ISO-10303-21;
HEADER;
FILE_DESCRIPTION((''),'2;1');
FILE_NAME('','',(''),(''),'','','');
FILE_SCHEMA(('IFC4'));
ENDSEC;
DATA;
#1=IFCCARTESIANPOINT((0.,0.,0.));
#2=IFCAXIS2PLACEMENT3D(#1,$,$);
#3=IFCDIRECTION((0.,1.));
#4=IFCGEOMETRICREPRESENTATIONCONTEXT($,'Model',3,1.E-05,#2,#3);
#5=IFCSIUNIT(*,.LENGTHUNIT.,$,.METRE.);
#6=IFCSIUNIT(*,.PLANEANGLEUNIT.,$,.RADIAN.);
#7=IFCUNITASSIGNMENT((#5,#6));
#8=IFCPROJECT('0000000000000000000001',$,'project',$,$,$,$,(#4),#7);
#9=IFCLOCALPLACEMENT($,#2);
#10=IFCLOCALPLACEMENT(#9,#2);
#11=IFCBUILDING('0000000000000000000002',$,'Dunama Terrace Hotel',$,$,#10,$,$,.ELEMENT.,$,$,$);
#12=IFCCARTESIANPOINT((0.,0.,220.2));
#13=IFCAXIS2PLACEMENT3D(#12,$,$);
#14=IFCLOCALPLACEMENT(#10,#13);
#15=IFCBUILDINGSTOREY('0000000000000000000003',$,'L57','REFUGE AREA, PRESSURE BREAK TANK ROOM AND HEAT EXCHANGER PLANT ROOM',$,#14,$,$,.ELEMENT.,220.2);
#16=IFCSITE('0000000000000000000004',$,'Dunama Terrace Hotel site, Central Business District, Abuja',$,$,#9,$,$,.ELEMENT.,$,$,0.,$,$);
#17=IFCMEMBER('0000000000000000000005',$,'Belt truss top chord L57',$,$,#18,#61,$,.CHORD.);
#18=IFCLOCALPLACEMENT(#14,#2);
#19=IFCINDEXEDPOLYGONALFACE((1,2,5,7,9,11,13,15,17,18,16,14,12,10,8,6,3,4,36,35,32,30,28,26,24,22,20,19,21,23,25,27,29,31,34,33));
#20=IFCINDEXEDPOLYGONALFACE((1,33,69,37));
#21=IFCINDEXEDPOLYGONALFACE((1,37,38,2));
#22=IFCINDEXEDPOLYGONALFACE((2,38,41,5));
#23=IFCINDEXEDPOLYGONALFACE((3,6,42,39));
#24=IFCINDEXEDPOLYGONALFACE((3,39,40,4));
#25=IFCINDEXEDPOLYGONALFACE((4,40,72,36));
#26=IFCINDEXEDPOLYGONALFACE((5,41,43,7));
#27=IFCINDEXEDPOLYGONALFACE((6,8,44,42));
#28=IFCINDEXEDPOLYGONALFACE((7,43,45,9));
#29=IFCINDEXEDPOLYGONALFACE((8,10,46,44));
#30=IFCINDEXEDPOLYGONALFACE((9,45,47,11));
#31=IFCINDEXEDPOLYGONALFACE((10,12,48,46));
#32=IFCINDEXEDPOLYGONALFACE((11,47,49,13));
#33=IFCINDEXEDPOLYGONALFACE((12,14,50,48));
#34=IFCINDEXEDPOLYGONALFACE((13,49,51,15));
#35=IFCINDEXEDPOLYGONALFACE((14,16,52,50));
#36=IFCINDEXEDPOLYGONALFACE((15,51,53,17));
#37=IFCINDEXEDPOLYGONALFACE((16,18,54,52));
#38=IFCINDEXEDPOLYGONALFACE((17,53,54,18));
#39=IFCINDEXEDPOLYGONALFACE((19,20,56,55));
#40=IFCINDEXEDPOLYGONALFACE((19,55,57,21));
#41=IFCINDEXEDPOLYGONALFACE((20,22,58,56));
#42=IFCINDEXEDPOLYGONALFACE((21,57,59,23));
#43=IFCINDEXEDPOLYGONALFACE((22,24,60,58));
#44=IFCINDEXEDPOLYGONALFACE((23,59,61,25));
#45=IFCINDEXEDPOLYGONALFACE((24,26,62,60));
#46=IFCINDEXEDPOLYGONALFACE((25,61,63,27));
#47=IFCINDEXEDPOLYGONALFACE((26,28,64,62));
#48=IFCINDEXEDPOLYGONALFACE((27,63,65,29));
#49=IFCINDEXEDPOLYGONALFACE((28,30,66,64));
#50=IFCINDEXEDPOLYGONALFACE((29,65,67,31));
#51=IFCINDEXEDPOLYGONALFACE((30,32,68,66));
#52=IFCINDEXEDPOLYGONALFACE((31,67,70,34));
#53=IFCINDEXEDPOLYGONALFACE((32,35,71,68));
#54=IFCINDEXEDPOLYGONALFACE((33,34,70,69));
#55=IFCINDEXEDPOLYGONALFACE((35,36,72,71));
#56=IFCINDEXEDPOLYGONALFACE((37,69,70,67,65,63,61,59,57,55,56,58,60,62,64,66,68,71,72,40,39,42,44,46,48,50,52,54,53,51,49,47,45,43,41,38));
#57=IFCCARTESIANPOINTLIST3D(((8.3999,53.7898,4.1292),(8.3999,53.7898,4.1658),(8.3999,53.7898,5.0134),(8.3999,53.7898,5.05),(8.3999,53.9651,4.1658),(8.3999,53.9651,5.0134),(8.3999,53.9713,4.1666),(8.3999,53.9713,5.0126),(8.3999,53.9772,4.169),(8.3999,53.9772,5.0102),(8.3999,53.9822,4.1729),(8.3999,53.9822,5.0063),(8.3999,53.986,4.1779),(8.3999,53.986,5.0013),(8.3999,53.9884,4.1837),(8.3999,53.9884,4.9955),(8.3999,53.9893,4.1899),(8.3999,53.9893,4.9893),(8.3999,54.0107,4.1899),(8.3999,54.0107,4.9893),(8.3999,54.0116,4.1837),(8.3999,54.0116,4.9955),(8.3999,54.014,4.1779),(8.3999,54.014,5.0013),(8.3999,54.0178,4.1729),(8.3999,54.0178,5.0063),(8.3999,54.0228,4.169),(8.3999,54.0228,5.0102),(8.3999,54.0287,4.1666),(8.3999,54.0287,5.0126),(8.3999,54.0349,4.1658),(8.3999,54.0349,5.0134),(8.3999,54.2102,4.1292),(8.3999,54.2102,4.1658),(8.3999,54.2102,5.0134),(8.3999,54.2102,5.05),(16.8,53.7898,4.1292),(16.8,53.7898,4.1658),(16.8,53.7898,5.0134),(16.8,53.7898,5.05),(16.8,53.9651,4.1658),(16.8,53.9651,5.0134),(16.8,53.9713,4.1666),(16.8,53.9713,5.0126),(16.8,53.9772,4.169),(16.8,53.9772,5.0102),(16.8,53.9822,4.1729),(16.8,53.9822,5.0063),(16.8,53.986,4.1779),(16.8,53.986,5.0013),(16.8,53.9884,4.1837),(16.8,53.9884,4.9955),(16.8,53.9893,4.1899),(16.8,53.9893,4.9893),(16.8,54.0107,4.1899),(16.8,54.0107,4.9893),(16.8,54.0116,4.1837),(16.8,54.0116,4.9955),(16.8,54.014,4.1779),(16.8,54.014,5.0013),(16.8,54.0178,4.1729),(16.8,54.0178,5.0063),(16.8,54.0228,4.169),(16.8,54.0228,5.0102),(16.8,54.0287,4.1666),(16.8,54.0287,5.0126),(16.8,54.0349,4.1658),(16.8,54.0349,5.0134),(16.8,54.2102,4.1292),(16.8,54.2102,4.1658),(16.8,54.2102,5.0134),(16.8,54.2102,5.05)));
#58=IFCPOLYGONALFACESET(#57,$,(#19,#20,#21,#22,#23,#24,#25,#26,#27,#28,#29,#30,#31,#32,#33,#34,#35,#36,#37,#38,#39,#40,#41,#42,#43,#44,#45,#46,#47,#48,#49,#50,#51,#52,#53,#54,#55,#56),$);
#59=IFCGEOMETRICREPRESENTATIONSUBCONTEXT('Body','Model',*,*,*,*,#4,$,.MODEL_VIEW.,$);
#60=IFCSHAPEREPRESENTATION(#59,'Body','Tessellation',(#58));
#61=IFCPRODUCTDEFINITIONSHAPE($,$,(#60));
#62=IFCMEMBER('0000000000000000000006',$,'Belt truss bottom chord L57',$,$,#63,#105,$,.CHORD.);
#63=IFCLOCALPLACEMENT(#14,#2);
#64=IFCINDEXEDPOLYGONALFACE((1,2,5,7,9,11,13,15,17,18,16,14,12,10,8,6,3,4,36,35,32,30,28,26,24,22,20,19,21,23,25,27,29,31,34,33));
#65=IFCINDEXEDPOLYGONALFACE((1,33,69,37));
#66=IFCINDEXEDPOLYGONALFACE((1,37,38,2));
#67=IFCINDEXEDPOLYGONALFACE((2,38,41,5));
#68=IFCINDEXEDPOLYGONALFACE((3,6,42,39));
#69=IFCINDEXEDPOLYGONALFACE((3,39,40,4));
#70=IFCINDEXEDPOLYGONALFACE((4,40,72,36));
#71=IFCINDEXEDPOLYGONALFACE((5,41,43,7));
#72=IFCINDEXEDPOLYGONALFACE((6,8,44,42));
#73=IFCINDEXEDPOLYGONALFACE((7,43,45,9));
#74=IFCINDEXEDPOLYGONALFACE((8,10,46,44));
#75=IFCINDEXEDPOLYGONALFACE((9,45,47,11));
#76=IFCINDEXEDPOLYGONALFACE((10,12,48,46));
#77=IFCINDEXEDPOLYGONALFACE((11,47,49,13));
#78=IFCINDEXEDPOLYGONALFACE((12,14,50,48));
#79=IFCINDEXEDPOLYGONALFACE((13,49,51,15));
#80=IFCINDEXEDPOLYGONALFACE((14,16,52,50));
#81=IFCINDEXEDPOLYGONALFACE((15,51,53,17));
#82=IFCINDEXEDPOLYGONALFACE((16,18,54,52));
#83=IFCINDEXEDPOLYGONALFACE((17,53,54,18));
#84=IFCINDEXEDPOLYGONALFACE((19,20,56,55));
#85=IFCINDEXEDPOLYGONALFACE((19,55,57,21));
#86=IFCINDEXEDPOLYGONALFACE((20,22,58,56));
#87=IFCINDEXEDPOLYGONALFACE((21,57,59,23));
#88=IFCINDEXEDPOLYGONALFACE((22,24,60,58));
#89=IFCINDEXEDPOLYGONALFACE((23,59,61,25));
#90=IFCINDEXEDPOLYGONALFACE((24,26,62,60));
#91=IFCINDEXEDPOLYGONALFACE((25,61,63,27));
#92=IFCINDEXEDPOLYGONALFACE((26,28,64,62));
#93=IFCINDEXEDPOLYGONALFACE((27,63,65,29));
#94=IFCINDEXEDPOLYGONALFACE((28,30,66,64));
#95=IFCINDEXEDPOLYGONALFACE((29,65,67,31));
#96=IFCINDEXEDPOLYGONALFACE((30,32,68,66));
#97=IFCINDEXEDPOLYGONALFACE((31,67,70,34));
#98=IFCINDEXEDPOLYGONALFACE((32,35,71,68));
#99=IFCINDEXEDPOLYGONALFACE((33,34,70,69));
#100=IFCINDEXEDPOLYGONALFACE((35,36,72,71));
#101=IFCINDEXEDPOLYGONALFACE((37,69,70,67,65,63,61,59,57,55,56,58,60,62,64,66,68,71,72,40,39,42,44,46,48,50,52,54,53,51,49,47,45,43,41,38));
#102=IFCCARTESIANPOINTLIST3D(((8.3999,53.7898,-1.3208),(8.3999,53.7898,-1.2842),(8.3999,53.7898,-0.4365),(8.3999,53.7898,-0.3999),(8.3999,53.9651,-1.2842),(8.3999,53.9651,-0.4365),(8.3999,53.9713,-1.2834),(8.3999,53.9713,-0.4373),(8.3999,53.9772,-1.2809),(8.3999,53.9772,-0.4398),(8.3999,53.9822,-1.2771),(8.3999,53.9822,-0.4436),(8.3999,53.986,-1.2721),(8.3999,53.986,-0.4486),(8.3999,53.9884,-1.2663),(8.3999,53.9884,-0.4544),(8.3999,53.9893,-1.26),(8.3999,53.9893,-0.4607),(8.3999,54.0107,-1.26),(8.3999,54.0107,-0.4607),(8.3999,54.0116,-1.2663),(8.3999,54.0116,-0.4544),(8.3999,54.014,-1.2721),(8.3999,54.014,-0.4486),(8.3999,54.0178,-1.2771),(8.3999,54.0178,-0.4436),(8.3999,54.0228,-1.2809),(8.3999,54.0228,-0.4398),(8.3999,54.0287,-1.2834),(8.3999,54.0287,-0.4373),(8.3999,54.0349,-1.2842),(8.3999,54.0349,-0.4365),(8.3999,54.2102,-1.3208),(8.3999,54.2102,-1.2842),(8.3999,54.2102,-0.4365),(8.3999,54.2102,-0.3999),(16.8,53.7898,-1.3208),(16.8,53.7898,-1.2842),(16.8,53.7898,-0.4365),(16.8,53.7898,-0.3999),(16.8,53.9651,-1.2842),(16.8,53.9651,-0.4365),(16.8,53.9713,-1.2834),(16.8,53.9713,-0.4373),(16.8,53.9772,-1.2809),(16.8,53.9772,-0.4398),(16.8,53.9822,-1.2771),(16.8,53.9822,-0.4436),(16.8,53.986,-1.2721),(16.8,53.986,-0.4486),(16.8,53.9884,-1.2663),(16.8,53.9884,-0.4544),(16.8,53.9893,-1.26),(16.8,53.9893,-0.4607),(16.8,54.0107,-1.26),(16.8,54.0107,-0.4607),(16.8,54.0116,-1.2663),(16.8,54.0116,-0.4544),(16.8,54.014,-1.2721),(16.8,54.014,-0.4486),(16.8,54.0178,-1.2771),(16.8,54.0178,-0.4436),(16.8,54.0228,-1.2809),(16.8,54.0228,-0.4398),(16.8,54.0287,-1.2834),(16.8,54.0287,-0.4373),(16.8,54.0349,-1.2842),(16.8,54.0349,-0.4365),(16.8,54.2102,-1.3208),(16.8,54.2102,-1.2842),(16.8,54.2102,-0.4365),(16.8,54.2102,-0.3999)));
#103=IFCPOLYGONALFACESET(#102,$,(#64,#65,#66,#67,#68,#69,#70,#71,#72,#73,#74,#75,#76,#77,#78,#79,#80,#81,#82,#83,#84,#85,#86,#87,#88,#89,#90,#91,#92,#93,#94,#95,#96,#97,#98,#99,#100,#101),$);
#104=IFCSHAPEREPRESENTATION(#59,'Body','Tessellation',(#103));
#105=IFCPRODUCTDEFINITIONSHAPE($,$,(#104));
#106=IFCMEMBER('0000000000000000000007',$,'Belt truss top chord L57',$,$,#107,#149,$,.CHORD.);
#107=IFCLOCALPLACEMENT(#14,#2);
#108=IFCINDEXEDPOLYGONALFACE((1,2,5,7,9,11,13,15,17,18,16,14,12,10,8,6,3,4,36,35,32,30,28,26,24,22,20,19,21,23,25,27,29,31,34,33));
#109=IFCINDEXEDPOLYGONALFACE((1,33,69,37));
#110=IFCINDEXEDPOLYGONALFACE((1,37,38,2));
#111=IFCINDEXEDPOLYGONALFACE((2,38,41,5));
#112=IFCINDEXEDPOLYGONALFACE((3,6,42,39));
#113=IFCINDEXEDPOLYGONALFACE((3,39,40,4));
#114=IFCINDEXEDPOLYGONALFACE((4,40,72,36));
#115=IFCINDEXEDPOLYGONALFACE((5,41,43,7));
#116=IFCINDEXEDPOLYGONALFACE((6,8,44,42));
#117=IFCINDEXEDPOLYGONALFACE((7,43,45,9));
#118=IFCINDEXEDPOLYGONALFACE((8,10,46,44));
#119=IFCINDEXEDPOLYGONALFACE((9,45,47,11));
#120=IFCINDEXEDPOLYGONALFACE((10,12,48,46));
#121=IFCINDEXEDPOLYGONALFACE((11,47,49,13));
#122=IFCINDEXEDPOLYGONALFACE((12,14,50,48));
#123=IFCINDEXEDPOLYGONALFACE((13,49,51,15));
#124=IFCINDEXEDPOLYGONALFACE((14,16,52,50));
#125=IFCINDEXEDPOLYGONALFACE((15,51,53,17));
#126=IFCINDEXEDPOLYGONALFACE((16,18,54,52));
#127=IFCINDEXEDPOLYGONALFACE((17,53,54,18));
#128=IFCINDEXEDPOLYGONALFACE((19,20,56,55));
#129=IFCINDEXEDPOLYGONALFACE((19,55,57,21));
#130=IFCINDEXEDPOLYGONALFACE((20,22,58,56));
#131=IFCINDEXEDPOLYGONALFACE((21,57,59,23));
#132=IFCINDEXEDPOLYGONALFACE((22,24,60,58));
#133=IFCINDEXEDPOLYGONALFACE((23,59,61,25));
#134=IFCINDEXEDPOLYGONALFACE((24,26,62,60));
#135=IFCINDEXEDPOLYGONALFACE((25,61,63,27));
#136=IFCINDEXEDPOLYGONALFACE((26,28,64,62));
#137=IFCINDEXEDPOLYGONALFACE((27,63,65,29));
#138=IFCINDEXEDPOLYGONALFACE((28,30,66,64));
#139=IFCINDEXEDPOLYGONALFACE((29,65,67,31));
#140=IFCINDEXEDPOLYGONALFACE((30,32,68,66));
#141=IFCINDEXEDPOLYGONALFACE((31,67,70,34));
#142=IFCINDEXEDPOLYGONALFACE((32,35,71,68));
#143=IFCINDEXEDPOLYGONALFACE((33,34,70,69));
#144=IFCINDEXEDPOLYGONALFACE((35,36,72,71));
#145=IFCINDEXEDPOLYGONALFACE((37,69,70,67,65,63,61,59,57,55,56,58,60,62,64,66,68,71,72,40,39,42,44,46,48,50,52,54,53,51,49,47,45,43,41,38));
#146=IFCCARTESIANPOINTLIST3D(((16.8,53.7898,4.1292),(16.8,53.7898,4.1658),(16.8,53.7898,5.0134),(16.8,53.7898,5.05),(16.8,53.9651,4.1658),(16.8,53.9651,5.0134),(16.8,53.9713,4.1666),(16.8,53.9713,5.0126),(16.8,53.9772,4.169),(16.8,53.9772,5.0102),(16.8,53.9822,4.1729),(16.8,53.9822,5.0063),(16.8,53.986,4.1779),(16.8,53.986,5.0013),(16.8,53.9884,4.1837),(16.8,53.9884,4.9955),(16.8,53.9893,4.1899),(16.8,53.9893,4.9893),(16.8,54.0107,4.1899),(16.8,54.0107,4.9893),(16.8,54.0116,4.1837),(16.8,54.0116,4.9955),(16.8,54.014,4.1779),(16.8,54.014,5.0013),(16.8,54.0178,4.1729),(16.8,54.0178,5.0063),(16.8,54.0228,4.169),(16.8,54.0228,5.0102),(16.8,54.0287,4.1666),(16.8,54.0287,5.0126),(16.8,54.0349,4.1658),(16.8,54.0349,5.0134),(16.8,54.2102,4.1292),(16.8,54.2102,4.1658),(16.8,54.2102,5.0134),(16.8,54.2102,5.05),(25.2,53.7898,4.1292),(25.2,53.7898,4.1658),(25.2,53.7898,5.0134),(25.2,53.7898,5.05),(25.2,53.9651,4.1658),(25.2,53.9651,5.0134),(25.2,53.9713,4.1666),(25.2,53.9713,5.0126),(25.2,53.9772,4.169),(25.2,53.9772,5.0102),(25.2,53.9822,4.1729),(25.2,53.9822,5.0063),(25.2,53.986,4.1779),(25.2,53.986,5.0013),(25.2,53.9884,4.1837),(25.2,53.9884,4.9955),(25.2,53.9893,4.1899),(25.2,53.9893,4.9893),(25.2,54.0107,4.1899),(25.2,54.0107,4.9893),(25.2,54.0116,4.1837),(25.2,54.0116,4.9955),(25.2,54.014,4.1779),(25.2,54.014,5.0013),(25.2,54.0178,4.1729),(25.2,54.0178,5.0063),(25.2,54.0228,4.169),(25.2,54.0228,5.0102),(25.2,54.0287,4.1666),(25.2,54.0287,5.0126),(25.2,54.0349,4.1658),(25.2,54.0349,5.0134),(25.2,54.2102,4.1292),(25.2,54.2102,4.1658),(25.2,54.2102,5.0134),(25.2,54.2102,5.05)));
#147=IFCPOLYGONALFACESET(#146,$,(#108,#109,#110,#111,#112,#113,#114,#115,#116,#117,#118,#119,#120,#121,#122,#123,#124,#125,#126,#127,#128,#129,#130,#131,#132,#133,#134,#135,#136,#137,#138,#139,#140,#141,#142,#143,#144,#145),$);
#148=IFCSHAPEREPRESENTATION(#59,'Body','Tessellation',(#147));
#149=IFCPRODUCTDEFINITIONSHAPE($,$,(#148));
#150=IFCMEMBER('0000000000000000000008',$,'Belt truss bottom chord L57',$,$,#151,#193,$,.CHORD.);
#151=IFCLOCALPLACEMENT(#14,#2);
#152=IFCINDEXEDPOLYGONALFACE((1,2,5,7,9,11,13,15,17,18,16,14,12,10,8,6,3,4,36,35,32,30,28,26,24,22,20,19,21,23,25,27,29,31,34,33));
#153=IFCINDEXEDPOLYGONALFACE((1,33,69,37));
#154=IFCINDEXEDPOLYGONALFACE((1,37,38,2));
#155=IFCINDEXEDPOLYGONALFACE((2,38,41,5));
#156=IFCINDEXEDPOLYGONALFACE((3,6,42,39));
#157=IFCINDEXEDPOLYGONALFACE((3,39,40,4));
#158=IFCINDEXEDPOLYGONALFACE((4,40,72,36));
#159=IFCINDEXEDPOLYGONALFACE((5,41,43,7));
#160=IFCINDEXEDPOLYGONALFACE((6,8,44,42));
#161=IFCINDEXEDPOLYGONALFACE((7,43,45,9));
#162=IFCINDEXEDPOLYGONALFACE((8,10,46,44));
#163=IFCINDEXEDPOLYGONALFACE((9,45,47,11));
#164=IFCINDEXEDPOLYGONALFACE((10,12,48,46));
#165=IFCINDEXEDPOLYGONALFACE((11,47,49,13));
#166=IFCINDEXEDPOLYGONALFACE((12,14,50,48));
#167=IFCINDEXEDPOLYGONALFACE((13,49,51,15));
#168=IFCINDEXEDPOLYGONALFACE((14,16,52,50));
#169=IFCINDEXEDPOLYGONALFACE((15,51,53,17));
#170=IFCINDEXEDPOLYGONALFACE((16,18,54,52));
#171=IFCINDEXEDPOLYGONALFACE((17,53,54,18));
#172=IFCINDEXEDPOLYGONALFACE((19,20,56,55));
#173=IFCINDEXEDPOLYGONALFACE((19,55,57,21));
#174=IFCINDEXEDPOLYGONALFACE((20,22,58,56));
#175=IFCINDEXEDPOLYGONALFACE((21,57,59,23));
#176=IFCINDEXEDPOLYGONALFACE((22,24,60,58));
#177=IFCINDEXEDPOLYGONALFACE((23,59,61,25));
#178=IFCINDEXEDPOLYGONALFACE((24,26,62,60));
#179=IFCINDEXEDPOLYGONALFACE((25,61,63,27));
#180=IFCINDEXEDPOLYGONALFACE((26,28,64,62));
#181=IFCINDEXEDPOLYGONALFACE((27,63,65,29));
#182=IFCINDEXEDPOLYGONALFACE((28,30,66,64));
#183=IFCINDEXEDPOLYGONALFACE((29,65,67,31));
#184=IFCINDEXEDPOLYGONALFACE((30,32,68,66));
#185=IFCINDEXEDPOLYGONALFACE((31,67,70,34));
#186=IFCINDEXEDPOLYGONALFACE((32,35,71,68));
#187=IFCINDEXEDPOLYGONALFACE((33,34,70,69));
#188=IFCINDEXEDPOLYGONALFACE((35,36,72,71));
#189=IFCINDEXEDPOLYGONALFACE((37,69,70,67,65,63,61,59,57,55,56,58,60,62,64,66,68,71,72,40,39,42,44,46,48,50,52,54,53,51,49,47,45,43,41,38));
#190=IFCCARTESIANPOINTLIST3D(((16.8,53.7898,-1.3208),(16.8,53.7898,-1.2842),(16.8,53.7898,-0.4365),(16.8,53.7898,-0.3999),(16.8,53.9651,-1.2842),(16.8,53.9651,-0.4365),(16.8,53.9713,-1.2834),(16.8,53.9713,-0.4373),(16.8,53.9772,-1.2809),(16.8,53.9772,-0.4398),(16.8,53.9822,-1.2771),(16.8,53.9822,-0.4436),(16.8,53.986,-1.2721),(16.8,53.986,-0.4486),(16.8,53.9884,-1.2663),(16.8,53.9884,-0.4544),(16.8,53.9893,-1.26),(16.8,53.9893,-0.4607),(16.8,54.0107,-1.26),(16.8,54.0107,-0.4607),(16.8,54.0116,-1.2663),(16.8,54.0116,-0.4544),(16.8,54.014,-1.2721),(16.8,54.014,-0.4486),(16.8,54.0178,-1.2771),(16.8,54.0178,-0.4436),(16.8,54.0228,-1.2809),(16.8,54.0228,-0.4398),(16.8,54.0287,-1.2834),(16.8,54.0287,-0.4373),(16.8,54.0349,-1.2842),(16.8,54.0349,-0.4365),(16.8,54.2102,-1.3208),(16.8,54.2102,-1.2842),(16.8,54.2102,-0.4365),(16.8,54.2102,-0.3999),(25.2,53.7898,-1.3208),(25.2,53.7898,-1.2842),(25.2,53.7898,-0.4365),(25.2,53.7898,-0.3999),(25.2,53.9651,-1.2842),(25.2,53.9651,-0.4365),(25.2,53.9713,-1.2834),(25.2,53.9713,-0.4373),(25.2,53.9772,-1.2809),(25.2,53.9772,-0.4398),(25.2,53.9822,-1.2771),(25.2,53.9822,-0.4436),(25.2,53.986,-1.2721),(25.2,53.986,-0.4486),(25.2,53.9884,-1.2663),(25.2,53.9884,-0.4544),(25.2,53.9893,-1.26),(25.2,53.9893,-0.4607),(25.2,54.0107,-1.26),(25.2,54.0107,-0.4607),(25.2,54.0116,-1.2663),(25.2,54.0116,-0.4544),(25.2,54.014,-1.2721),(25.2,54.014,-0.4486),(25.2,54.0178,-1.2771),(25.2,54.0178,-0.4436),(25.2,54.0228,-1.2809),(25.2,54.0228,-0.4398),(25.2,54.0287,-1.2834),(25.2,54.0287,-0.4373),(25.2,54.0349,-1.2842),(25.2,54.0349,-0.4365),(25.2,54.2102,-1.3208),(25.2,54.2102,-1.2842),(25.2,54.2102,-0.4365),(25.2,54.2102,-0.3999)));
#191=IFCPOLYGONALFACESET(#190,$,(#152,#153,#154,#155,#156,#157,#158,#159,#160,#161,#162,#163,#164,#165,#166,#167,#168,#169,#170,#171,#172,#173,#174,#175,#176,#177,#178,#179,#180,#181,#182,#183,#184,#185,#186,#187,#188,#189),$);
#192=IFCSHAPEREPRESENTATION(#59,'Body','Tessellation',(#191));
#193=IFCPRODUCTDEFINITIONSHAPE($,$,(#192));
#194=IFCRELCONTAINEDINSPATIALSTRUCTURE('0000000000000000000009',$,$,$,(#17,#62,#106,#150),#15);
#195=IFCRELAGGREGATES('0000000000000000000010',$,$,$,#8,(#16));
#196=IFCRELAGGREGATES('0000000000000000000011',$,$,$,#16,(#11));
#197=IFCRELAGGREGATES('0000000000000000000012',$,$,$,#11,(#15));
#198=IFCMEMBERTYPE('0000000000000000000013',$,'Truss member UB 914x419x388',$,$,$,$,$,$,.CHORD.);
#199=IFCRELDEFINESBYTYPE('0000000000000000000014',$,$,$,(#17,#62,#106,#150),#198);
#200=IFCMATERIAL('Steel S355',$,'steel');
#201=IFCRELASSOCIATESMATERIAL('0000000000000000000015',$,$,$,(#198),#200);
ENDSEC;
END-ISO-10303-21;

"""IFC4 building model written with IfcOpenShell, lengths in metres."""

from ifc_helpers import new_model, si_unit, direction, frame, origin, origin_2d, place, context, subcontext, project, spatial, i_section, extrude, material, material_profile, profile_set, type_object, element, save


model = new_model("IFC4")

# Units and contexts
model_context = context("Model", 3, precision=1e-05, world=origin(), true_north=direction((0.0, 1.0)))
body_context = subcontext(model_context, "Body", "Model", "MODEL_VIEW")
ifc_project = project(units=[si_unit("LENGTHUNIT", "METRE"), si_unit("PLANEANGLEUNIT", "RADIAN")], contexts=[model_context])

# Site, building, storey
site_placement = place(None, origin())
site = spatial("IfcSite", under=ifc_project, at=site_placement, Name="Dunama Terrace Hotel site, Central Business District, Abuja", CompositionType="ELEMENT", RefElevation=0.0)
building_placement = place(site_placement, origin())
building = spatial("IfcBuilding", under=site, at=building_placement, Name="Dunama Terrace Hotel", CompositionType="ELEMENT")
storey_placement = place(building_placement, frame((0.0, 0.0, 220.2)))
storey = spatial("IfcBuildingStorey", under=building, at=storey_placement, Name="L57", Description="REFUGE AREA, PRESSURE BREAK TANK ROOM AND HEAT EXCHANGER PLANT ROOM", CompositionType="ELEMENT", Elevation=220.2)

# Members
ifc_material_1 = material(Name="Steel S355", Category="steel")
ifc_material_profile_1 = material_profile(ifc_material_1, i_section(OverallWidth=0.4204, OverallDepth=0.9209, WebThickness=0.0215, FlangeThickness=0.0366, FilletRadius=0.0242, at=origin_2d()), Name="UB 914x419x388")
ifc_profile_set_1 = profile_set([ifc_material_profile_1], Name="Steel S355")
member_type_1 = type_object("IfcMemberType", Name="Truss member UB 914x419x388", PredefinedType="CHORD", material=ifc_profile_set_1)
for number, where, z_axis, x_axis, name in (
    (1, (8.3999, 54.0, 4.5896), (1.0, 0.0, 0.0), (0.0, 1.0, 0.0), "Belt truss top chord L57"),
    (2, (8.3999, 54.0, -0.8604), (1.0, 0.0, 0.0), (0.0, 1.0, 0.0), "Belt truss bottom chord L57"),
):
    element("IfcMember", number, at=place(storey_placement, frame(where, z_axis=z_axis, x_axis=x_axis)), inside=storey, type_object=member_type_1, Name=name, PredefinedType="CHORD", context=body_context, shape_type="SweptSolid", body=[
        extrude(i_section(OverallWidth=0.4204, OverallDepth=0.9209, WebThickness=0.0215, FlangeThickness=0.0366, FilletRadius=0.0242, at=origin_2d()), origin(), (0.0, 0.0, 1.0), 8.4001),
    ])
for number, where, z_axis, x_axis, name in (
    (3, (16.8, 54.0, 4.5896), (1.0, 0.0, 0.0), (0.0, 1.0, 0.0), "Belt truss top chord L57"),
    (4, (16.8, 54.0, -0.8604), (1.0, 0.0, 0.0), (0.0, 1.0, 0.0), "Belt truss bottom chord L57"),
):
    element("IfcMember", number, at=place(storey_placement, frame(where, z_axis=z_axis, x_axis=x_axis)), inside=storey, type_object=member_type_1, Name=name, PredefinedType="CHORD", context=body_context, shape_type="SweptSolid", body=[
        extrude(i_section(OverallWidth=0.4204, OverallDepth=0.9209, WebThickness=0.0215, FlangeThickness=0.0366, FilletRadius=0.0242, at=origin_2d()), origin(), (0.0, 0.0, 1.0), 8.3999),
    ])

save(model, "model.ifc")
